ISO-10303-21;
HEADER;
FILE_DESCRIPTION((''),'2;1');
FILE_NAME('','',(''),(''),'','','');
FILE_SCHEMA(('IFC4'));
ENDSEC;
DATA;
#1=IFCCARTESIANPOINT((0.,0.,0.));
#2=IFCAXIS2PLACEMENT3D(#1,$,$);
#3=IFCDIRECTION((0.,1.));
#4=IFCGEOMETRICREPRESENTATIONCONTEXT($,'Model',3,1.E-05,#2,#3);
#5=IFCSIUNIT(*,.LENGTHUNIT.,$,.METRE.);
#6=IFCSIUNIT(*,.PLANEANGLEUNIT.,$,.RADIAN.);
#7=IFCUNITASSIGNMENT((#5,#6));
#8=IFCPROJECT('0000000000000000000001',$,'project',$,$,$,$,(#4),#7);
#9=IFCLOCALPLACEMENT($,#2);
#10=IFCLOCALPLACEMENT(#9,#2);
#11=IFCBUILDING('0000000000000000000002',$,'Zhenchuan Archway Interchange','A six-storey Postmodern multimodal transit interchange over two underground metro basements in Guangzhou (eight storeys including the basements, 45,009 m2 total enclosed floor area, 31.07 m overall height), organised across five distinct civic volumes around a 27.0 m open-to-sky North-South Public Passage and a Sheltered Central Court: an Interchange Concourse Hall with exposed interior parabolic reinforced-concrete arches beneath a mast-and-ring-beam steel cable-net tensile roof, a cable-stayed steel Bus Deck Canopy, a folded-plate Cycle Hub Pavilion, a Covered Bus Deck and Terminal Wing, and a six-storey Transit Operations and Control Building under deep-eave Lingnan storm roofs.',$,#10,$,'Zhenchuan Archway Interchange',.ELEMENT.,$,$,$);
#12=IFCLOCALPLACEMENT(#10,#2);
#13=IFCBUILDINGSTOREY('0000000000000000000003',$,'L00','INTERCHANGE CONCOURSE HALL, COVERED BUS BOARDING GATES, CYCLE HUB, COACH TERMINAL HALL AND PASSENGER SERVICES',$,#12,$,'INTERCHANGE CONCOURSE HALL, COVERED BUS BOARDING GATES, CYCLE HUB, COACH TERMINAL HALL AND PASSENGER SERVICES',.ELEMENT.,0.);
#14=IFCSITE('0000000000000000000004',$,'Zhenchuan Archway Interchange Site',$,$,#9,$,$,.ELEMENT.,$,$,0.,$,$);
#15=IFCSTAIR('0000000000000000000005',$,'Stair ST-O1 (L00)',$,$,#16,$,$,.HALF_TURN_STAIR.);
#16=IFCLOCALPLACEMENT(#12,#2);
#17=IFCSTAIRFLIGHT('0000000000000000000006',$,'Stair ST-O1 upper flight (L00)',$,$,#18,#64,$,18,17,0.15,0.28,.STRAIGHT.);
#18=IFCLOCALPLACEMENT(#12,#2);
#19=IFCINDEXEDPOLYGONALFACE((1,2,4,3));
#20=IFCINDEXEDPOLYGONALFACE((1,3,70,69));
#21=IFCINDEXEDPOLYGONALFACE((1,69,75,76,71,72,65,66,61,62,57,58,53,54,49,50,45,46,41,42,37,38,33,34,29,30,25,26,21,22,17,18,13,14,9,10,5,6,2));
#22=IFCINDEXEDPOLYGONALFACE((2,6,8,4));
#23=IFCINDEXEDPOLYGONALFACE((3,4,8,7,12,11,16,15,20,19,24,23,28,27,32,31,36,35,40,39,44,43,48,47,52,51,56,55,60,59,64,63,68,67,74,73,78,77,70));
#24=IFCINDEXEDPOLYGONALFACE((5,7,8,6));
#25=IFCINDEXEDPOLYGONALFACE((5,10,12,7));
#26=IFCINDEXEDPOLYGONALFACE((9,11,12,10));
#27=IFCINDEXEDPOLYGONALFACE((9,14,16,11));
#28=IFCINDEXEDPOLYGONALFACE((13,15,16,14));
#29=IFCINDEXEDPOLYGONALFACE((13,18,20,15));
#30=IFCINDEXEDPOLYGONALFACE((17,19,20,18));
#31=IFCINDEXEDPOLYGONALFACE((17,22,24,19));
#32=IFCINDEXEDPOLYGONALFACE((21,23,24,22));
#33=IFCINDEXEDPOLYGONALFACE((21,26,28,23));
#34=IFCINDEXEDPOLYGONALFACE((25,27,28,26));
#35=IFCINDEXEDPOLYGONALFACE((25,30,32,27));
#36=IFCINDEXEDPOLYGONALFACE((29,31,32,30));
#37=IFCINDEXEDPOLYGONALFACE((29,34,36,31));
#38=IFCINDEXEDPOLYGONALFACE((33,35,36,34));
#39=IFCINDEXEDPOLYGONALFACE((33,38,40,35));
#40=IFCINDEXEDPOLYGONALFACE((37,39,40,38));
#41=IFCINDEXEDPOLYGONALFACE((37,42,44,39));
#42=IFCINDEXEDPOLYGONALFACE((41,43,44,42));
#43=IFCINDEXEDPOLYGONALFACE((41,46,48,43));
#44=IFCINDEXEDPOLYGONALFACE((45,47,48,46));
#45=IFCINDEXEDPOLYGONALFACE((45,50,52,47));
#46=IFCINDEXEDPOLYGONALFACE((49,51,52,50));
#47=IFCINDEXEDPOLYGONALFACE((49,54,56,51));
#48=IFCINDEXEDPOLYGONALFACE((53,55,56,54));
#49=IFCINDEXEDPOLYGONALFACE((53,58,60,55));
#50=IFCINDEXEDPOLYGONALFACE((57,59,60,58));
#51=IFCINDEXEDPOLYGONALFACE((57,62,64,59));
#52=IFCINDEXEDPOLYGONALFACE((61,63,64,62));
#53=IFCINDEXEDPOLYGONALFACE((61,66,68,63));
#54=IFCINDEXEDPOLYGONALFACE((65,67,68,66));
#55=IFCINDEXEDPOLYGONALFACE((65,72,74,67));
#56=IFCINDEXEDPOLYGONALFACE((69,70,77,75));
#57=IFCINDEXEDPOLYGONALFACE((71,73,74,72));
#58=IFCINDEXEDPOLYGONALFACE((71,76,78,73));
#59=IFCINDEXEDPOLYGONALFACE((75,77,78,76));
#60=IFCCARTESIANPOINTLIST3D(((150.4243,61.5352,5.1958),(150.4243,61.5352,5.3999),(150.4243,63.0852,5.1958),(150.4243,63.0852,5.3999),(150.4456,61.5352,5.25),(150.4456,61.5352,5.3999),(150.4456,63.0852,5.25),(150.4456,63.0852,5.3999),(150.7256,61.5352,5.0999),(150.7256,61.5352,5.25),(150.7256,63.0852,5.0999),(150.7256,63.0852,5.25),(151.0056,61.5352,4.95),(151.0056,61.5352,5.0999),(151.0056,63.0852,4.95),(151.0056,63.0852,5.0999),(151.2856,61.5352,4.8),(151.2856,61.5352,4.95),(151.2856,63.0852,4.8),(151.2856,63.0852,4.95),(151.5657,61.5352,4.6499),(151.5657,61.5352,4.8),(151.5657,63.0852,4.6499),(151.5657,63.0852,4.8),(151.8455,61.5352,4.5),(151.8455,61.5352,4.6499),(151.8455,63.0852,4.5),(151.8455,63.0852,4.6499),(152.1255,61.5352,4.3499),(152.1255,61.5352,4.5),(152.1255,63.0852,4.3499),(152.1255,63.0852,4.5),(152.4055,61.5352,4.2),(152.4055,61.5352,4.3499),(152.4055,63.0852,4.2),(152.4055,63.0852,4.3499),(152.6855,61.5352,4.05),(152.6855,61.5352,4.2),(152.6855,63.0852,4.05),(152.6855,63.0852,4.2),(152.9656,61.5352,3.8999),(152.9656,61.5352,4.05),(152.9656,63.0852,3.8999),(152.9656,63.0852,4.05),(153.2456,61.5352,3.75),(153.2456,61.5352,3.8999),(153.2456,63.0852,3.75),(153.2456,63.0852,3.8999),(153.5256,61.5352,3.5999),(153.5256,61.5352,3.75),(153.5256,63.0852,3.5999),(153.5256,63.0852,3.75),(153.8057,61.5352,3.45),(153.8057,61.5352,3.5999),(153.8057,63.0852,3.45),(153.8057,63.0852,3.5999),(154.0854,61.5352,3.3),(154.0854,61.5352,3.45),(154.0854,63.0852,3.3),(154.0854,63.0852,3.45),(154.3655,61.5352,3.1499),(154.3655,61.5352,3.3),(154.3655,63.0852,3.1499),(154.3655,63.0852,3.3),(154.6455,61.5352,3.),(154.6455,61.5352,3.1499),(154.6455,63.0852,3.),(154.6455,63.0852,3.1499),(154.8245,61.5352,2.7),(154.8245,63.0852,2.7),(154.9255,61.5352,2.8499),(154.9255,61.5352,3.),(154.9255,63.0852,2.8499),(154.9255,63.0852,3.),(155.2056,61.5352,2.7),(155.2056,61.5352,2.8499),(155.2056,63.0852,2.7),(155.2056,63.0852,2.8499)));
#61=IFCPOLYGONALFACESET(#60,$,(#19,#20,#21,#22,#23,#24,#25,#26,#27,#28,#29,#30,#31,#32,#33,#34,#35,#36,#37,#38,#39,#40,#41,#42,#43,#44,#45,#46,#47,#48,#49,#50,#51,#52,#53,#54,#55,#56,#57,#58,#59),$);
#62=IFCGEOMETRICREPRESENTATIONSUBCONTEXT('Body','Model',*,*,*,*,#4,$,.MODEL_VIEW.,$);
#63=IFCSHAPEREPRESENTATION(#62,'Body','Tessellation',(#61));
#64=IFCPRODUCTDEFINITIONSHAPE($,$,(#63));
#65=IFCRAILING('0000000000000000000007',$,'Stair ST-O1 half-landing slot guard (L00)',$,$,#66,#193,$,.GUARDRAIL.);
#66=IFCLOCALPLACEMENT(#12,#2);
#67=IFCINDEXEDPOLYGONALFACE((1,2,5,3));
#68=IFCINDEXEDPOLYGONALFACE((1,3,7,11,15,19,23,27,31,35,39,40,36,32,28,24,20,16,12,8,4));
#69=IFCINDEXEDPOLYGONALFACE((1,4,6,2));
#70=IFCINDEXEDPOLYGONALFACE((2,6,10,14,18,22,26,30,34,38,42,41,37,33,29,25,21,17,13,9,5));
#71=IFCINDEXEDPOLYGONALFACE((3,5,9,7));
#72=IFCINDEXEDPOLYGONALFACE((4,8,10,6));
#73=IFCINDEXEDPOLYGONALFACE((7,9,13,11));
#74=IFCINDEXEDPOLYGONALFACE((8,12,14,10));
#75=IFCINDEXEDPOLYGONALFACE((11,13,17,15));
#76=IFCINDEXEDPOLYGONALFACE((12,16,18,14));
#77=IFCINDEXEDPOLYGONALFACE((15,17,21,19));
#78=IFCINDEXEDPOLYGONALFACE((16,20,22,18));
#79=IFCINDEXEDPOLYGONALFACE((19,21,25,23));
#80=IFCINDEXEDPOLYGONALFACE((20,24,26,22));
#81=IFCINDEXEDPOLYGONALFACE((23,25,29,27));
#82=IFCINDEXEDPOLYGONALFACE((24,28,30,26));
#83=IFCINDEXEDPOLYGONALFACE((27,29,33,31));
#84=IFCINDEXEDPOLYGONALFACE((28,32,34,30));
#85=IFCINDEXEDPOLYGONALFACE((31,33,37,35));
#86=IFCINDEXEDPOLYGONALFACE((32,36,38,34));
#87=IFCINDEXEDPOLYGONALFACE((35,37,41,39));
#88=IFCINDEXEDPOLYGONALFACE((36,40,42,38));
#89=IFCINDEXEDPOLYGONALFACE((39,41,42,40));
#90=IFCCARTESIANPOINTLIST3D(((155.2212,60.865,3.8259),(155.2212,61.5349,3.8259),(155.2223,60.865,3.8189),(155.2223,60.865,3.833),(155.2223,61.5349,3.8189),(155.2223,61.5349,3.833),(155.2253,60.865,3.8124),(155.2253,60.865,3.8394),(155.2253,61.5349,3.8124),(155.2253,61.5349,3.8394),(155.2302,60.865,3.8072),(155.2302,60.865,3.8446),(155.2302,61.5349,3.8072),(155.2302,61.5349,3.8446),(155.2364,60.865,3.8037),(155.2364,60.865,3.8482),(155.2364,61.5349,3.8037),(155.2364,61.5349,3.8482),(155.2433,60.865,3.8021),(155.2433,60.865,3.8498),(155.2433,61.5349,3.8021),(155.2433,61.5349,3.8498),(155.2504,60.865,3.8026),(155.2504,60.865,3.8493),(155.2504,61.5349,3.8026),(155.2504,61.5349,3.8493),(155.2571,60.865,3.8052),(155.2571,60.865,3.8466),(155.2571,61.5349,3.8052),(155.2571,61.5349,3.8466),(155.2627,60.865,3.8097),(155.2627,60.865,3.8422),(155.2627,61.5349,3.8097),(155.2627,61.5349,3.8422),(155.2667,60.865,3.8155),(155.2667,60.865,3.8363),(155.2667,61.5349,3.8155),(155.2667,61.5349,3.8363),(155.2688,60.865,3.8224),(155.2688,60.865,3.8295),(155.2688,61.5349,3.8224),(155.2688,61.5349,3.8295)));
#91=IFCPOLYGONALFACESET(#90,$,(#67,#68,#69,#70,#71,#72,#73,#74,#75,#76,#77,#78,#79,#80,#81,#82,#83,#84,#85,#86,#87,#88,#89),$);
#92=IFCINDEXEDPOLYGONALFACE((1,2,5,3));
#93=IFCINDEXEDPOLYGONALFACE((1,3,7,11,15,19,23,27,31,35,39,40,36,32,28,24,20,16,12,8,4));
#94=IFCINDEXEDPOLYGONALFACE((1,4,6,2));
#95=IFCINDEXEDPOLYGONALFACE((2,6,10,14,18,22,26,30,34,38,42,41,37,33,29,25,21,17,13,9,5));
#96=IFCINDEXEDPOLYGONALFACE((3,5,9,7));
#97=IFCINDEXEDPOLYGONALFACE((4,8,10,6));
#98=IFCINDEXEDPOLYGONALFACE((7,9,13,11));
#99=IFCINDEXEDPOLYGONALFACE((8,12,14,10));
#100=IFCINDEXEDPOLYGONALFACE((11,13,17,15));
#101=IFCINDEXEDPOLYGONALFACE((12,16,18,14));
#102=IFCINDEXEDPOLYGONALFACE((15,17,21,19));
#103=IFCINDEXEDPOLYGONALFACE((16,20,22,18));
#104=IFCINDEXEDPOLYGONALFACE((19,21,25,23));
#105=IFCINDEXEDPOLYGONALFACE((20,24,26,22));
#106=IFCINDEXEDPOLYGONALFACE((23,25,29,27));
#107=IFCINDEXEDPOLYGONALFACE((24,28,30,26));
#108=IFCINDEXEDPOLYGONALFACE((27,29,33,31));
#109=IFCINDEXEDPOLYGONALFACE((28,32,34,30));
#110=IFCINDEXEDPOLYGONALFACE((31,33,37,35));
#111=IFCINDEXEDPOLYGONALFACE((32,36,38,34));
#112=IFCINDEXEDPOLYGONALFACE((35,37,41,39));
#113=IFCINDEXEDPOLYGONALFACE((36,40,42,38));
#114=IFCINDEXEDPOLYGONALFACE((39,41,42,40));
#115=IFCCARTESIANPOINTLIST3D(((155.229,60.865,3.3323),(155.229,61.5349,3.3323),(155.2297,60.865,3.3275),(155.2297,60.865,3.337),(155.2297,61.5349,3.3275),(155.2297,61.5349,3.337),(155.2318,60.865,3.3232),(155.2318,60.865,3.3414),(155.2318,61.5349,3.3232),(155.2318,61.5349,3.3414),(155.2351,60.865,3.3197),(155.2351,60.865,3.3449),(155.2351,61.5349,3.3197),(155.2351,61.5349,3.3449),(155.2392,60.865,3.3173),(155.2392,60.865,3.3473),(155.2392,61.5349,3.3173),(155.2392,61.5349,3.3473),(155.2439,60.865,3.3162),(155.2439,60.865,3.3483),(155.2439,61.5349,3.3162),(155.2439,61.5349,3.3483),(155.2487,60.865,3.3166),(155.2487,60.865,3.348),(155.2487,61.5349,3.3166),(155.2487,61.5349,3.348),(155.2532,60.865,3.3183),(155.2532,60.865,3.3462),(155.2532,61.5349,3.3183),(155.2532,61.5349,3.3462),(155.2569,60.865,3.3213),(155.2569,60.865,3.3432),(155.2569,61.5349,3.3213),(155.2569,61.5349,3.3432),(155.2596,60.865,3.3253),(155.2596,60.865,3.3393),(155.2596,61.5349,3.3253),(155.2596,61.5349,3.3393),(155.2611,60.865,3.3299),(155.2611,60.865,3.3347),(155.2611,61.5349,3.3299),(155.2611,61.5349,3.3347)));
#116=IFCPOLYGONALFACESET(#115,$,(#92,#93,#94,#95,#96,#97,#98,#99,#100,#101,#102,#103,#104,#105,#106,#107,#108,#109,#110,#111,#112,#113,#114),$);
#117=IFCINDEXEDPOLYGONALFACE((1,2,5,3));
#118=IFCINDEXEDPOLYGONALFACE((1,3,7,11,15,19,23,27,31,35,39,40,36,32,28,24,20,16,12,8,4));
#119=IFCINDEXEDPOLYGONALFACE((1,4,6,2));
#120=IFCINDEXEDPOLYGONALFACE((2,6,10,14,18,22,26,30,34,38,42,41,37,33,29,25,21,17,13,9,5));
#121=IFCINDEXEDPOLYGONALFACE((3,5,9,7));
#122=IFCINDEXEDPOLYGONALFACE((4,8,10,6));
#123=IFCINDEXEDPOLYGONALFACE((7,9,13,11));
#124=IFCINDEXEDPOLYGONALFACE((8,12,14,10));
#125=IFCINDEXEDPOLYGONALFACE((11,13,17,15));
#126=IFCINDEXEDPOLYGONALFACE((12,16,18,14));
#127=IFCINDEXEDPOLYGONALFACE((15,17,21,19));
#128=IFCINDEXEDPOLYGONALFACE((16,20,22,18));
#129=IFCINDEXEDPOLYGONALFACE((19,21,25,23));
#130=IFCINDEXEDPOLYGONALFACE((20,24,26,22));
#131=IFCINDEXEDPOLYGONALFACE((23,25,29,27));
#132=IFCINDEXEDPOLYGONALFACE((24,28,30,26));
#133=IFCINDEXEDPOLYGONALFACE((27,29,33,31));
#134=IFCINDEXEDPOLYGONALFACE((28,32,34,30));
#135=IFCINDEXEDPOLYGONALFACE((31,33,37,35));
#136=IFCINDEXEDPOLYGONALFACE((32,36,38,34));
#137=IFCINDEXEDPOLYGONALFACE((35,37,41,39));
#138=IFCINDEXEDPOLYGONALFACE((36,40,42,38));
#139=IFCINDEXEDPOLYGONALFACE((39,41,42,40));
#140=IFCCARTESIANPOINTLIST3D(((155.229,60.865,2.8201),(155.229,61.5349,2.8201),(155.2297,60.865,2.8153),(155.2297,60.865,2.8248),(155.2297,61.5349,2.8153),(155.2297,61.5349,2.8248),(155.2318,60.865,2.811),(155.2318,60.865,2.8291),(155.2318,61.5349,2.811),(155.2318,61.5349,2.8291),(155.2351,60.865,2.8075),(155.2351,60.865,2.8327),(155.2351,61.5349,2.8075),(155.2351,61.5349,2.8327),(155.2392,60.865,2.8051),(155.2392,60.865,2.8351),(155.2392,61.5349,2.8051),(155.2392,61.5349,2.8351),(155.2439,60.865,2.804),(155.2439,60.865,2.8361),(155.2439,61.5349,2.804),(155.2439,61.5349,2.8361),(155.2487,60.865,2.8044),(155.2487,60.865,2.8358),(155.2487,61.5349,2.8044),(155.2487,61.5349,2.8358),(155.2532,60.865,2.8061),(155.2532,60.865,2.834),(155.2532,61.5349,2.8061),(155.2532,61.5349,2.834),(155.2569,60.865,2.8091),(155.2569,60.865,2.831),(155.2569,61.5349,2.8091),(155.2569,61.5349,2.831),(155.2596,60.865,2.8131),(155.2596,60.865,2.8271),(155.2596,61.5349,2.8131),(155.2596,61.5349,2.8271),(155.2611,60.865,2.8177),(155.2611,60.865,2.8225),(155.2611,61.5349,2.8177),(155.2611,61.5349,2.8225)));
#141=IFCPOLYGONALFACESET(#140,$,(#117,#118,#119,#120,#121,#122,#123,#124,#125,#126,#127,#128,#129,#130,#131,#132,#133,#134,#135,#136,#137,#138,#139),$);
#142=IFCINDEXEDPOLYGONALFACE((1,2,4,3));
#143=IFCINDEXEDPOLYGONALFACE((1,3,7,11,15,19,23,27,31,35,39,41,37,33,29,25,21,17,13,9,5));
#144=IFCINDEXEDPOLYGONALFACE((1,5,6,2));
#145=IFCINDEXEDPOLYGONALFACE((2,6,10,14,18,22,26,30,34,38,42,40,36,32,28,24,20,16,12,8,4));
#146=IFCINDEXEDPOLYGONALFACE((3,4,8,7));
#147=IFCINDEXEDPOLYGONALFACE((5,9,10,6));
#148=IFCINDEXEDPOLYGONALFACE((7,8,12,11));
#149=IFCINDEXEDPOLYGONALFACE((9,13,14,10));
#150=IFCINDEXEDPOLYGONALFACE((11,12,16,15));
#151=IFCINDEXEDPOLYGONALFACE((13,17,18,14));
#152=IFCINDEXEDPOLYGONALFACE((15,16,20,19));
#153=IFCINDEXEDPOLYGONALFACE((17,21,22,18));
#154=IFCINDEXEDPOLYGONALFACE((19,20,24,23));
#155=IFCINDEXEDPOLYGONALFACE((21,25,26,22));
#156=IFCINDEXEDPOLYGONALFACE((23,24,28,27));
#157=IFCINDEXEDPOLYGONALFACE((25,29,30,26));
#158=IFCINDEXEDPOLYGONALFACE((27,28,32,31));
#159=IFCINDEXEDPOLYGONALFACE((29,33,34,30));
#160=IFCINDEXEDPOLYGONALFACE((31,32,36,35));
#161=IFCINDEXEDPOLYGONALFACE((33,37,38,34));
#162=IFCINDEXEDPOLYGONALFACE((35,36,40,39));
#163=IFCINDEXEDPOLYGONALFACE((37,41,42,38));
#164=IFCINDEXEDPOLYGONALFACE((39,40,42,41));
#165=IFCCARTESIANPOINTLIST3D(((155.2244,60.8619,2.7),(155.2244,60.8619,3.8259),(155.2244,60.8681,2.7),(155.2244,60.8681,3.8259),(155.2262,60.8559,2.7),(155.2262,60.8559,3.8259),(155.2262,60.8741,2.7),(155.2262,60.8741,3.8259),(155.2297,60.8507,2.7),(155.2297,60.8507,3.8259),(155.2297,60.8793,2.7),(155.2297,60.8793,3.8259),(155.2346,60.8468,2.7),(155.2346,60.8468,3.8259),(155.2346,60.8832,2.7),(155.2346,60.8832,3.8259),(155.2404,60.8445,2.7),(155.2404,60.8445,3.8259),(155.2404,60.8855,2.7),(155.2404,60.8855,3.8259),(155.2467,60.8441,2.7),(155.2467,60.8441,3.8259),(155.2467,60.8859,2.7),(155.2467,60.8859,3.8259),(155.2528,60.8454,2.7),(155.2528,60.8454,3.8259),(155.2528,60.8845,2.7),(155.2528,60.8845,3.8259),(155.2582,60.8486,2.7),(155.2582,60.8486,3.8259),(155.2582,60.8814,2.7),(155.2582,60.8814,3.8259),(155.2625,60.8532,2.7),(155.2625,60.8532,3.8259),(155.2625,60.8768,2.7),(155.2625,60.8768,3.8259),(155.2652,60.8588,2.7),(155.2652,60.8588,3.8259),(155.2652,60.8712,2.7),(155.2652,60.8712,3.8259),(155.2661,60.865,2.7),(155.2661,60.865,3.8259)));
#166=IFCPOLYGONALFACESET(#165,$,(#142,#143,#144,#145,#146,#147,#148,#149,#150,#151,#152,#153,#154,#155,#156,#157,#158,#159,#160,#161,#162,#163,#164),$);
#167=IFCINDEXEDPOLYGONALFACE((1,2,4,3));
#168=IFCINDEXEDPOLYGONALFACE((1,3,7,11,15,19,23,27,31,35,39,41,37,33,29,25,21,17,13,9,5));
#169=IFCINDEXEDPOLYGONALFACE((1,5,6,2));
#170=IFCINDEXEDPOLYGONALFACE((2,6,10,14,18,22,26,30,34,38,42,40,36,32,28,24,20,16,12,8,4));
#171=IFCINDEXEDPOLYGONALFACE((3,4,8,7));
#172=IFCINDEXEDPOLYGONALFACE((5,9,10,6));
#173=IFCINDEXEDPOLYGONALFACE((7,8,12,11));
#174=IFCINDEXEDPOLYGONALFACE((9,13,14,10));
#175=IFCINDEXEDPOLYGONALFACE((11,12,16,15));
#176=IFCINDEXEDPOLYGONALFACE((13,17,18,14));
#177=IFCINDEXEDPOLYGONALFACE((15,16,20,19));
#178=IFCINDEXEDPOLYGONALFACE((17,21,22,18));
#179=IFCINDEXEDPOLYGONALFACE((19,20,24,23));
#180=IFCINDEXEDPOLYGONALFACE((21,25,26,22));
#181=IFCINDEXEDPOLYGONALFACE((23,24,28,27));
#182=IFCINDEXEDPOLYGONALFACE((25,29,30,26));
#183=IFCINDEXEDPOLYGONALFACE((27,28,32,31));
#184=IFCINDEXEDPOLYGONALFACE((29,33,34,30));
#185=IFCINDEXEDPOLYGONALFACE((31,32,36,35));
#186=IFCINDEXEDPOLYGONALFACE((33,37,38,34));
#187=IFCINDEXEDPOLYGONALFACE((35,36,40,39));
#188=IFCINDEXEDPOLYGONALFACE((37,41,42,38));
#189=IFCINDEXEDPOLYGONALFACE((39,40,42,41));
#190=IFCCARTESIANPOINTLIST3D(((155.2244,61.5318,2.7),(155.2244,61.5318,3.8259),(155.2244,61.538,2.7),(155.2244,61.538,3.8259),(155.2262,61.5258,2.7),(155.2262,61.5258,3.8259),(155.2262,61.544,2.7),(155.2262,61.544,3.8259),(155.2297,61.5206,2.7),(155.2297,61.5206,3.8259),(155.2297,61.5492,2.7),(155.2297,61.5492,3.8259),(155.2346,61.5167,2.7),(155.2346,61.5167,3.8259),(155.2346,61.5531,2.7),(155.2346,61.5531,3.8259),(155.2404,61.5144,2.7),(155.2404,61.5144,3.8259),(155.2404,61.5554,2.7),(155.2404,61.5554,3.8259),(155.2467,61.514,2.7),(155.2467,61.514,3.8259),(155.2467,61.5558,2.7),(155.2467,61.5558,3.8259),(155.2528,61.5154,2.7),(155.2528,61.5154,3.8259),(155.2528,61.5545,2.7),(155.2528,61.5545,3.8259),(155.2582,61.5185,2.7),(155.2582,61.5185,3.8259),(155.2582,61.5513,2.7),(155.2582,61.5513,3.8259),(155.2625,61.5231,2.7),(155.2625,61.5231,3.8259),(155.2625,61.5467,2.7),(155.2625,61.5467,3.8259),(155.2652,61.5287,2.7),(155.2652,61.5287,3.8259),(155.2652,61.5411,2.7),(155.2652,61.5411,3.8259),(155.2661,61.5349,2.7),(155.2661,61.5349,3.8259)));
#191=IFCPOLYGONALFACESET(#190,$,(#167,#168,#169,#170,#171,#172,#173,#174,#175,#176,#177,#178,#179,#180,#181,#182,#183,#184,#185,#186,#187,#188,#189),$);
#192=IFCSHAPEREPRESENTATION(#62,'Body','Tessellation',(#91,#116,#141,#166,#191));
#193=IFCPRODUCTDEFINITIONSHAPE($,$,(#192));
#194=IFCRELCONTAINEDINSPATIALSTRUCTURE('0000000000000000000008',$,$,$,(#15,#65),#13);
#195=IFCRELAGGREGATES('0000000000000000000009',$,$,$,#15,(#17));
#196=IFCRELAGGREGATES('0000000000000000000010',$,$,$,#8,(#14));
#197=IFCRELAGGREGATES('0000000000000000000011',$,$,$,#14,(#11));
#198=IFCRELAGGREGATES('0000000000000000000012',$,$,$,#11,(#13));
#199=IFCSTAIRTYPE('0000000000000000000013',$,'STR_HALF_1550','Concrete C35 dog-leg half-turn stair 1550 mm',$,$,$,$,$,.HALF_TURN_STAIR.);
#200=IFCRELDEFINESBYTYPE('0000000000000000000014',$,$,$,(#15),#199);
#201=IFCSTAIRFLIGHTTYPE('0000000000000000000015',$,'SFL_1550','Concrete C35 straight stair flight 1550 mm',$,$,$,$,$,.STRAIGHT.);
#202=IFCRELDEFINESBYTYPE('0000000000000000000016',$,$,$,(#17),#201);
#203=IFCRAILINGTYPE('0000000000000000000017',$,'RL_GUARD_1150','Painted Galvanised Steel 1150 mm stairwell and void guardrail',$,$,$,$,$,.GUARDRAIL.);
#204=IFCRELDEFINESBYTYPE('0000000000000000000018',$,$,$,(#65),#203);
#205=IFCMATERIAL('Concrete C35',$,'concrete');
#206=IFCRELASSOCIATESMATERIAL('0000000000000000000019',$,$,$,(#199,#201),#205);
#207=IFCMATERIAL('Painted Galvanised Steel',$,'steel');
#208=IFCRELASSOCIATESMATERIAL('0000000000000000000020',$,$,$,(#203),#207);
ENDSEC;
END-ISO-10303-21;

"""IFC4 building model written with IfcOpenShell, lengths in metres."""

from ifc_helpers import new_model, si_unit, direction, frame, origin, origin_2d, place, context, subcontext, project, spatial, polyline, circle, outline, extrude, material, type_object, element, aggregate, save


model = new_model("IFC4")

# Units and contexts
model_context = context("Model", 3, precision=1e-05, world=origin(), true_north=direction((0.0, 1.0)))
body_context = subcontext(model_context, "Body", "Model", "MODEL_VIEW")
ifc_project = project(units=[si_unit("LENGTHUNIT", "METRE"), si_unit("PLANEANGLEUNIT", "RADIAN")], contexts=[model_context])

# Site, building, storey
site_placement = place(None, origin())
site = spatial("IfcSite", under=ifc_project, at=site_placement, Name="Zhenchuan Archway Interchange Site", CompositionType="ELEMENT", RefElevation=0.0)
building_placement = place(site_placement, origin())
building = spatial("IfcBuilding", under=site, at=building_placement, Name="Zhenchuan Archway Interchange", Description="A six-storey Postmodern multimodal transit interchange over two underground metro basements in Guangzhou (eight storeys including the basements, 45,009 m2 total enclosed floor area, 31.07 m overall height), organised across five distinct civic volumes around a 27.0 m open-to-sky North-South Public Passage and a Sheltered Central Court: an Interchange Concourse Hall with exposed interior parabolic reinforced-concrete arches beneath a mast-and-ring-beam steel cable-net tensile roof, a cable-stayed steel Bus Deck Canopy, a folded-plate Cycle Hub Pavilion, a Covered Bus Deck and Terminal Wing, and a six-storey Transit Operations and Control Building under deep-eave Lingnan storm roofs.", LongName="Zhenchuan Archway Interchange", CompositionType="ELEMENT")
storey_placement = place(building_placement, origin())
storey = spatial("IfcBuildingStorey", under=building, at=storey_placement, Name="L00", Description="INTERCHANGE CONCOURSE HALL, COVERED BUS BOARDING GATES, CYCLE HUB, COACH TERMINAL HALL AND PASSENGER SERVICES", LongName="INTERCHANGE CONCOURSE HALL, COVERED BUS BOARDING GATES, CYCLE HUB, COACH TERMINAL HALL AND PASSENGER SERVICES", CompositionType="ELEMENT", Elevation=0.0)

# Shared definitions
ifc_material_1 = material(Name="Painted Galvanised Steel", Category="steel")

# Stair, stair flight
ifc_material_2 = material(Name="Concrete C35", Category="concrete")
stair_type = type_object("IfcStairType", Name="STR_HALF_1550", Description="Concrete C35 dog-leg half-turn stair 1550 mm", PredefinedType="HALF_TURN_STAIR", material=ifc_material_2)
stair_placement = place(storey_placement, origin())
stair = element("IfcStair", 1, at=stair_placement, inside=storey, type_object=stair_type, Name="Stair ST-O1 (L00)", PredefinedType="HALF_TURN_STAIR")
stair_flight_type = type_object("IfcStairFlightType", Name="SFL_1550", Description="Concrete C35 straight stair flight 1550 mm", PredefinedType="STRAIGHT", material=ifc_material_2)
stair_flight_1_placement = place(storey_placement, frame((155.2056, 62.3101, 2.7), z_axis=(0.0, 0.0, 1.0), x_axis=(-1.0, 0.0, 0.0)))
stair_flight_1 = element("IfcStairFlight", 2, at=stair_flight_1_placement, type_object=stair_flight_type, Name="Stair ST-O1 upper flight (L00)", NumberOfRisers=18, NumberOfTreads=17, PredefinedType="STRAIGHT", RiserHeight=0.15, TreadLength=0.28, context=body_context, shape_type="SweptSolid", body=[
    extrude(outline(polyline([(0.0, 0.0), (0.0, 0.1499), (0.28, 0.1499), (0.28, 0.3), (0.5601, 0.3), (0.5601, 0.45), (0.8401, 0.45), (0.8401, 0.6001), (1.1201, 0.6001), (1.1201, 0.75), (1.3999, 0.75), (1.3999, 0.8999), (1.6799, 0.8999), (1.6799, 1.05), (1.96, 1.05), (1.96, 1.2), (2.24, 1.2), (2.24, 1.3501), (2.52, 1.3501), (2.52, 1.5), (2.8, 1.5), (2.8, 1.6499), (3.0801, 1.6499), (3.0801, 1.8), (3.3601, 1.8), (3.3601, 1.95), (3.6399, 1.95), (3.6399, 2.1001), (3.9199, 2.1001), (3.9199, 2.25), (4.2, 2.25), (4.2, 2.3999), (4.48, 2.3999), (4.48, 2.55), (4.76, 2.55), (4.76, 2.7), (4.7812, 2.7), (4.7812, 2.4958), (0.3811, 0.0), (0.0, 0.0)])), frame((0.0, 0.7749, 0.0), z_axis=(0.0, -1.0, 0.0), x_axis=(1.0, 0.0, 0.0)), (0.0, 0.0, 1.0), 1.55),
])
aggregate(stair, [stair_flight_1])

# Railing
railing_type_1 = type_object("IfcRailingType", Name="RL_GUARD_1150", Description="Painted Galvanised Steel 1150 mm stairwell and void guardrail", PredefinedType="GUARDRAIL", material=ifc_material_1)
for number, where, name in (
    (3, (155.2451, 60.865, 2.7), "Stair ST-O1 half-landing slot guard (L00)"),
):
    element("IfcRailing", number, at=place(storey_placement, frame(where)), inside=storey, type_object=railing_type_1, Name=name, PredefinedType="GUARDRAIL", context=body_context, shape_type="SweptSolid", body=[
        extrude(circle(Radius=0.0239, at=origin_2d()), frame((0.0, 0.0, 1.126), z_axis=(0.0, 1.0, 0.0), x_axis=(-1.0, 0.0, 0.0)), (0.0, 0.0, 1.0), 0.6699),
        extrude(circle(Radius=0.0161, at=origin_2d()), frame((0.0, 0.0, 0.6323), z_axis=(0.0, 1.0, 0.0), x_axis=(-1.0, 0.0, 0.0)), (0.0, 0.0, 1.0), 0.6699),
        extrude(circle(Radius=0.0161, at=origin_2d()), frame((0.0, 0.0, 0.1201), z_axis=(0.0, 1.0, 0.0), x_axis=(-1.0, 0.0, 0.0)), (0.0, 0.0, 1.0), 0.6699),
        extrude(circle(Radius=0.021, at=origin_2d()), origin(), (0.0, 0.0, 1.0), 1.126),
        extrude(circle(Radius=0.021, at=origin_2d()), frame((0.0, 0.6699, 0.0)), (0.0, 0.0, 1.0), 1.126),
    ])

save(model, "model.ifc")
